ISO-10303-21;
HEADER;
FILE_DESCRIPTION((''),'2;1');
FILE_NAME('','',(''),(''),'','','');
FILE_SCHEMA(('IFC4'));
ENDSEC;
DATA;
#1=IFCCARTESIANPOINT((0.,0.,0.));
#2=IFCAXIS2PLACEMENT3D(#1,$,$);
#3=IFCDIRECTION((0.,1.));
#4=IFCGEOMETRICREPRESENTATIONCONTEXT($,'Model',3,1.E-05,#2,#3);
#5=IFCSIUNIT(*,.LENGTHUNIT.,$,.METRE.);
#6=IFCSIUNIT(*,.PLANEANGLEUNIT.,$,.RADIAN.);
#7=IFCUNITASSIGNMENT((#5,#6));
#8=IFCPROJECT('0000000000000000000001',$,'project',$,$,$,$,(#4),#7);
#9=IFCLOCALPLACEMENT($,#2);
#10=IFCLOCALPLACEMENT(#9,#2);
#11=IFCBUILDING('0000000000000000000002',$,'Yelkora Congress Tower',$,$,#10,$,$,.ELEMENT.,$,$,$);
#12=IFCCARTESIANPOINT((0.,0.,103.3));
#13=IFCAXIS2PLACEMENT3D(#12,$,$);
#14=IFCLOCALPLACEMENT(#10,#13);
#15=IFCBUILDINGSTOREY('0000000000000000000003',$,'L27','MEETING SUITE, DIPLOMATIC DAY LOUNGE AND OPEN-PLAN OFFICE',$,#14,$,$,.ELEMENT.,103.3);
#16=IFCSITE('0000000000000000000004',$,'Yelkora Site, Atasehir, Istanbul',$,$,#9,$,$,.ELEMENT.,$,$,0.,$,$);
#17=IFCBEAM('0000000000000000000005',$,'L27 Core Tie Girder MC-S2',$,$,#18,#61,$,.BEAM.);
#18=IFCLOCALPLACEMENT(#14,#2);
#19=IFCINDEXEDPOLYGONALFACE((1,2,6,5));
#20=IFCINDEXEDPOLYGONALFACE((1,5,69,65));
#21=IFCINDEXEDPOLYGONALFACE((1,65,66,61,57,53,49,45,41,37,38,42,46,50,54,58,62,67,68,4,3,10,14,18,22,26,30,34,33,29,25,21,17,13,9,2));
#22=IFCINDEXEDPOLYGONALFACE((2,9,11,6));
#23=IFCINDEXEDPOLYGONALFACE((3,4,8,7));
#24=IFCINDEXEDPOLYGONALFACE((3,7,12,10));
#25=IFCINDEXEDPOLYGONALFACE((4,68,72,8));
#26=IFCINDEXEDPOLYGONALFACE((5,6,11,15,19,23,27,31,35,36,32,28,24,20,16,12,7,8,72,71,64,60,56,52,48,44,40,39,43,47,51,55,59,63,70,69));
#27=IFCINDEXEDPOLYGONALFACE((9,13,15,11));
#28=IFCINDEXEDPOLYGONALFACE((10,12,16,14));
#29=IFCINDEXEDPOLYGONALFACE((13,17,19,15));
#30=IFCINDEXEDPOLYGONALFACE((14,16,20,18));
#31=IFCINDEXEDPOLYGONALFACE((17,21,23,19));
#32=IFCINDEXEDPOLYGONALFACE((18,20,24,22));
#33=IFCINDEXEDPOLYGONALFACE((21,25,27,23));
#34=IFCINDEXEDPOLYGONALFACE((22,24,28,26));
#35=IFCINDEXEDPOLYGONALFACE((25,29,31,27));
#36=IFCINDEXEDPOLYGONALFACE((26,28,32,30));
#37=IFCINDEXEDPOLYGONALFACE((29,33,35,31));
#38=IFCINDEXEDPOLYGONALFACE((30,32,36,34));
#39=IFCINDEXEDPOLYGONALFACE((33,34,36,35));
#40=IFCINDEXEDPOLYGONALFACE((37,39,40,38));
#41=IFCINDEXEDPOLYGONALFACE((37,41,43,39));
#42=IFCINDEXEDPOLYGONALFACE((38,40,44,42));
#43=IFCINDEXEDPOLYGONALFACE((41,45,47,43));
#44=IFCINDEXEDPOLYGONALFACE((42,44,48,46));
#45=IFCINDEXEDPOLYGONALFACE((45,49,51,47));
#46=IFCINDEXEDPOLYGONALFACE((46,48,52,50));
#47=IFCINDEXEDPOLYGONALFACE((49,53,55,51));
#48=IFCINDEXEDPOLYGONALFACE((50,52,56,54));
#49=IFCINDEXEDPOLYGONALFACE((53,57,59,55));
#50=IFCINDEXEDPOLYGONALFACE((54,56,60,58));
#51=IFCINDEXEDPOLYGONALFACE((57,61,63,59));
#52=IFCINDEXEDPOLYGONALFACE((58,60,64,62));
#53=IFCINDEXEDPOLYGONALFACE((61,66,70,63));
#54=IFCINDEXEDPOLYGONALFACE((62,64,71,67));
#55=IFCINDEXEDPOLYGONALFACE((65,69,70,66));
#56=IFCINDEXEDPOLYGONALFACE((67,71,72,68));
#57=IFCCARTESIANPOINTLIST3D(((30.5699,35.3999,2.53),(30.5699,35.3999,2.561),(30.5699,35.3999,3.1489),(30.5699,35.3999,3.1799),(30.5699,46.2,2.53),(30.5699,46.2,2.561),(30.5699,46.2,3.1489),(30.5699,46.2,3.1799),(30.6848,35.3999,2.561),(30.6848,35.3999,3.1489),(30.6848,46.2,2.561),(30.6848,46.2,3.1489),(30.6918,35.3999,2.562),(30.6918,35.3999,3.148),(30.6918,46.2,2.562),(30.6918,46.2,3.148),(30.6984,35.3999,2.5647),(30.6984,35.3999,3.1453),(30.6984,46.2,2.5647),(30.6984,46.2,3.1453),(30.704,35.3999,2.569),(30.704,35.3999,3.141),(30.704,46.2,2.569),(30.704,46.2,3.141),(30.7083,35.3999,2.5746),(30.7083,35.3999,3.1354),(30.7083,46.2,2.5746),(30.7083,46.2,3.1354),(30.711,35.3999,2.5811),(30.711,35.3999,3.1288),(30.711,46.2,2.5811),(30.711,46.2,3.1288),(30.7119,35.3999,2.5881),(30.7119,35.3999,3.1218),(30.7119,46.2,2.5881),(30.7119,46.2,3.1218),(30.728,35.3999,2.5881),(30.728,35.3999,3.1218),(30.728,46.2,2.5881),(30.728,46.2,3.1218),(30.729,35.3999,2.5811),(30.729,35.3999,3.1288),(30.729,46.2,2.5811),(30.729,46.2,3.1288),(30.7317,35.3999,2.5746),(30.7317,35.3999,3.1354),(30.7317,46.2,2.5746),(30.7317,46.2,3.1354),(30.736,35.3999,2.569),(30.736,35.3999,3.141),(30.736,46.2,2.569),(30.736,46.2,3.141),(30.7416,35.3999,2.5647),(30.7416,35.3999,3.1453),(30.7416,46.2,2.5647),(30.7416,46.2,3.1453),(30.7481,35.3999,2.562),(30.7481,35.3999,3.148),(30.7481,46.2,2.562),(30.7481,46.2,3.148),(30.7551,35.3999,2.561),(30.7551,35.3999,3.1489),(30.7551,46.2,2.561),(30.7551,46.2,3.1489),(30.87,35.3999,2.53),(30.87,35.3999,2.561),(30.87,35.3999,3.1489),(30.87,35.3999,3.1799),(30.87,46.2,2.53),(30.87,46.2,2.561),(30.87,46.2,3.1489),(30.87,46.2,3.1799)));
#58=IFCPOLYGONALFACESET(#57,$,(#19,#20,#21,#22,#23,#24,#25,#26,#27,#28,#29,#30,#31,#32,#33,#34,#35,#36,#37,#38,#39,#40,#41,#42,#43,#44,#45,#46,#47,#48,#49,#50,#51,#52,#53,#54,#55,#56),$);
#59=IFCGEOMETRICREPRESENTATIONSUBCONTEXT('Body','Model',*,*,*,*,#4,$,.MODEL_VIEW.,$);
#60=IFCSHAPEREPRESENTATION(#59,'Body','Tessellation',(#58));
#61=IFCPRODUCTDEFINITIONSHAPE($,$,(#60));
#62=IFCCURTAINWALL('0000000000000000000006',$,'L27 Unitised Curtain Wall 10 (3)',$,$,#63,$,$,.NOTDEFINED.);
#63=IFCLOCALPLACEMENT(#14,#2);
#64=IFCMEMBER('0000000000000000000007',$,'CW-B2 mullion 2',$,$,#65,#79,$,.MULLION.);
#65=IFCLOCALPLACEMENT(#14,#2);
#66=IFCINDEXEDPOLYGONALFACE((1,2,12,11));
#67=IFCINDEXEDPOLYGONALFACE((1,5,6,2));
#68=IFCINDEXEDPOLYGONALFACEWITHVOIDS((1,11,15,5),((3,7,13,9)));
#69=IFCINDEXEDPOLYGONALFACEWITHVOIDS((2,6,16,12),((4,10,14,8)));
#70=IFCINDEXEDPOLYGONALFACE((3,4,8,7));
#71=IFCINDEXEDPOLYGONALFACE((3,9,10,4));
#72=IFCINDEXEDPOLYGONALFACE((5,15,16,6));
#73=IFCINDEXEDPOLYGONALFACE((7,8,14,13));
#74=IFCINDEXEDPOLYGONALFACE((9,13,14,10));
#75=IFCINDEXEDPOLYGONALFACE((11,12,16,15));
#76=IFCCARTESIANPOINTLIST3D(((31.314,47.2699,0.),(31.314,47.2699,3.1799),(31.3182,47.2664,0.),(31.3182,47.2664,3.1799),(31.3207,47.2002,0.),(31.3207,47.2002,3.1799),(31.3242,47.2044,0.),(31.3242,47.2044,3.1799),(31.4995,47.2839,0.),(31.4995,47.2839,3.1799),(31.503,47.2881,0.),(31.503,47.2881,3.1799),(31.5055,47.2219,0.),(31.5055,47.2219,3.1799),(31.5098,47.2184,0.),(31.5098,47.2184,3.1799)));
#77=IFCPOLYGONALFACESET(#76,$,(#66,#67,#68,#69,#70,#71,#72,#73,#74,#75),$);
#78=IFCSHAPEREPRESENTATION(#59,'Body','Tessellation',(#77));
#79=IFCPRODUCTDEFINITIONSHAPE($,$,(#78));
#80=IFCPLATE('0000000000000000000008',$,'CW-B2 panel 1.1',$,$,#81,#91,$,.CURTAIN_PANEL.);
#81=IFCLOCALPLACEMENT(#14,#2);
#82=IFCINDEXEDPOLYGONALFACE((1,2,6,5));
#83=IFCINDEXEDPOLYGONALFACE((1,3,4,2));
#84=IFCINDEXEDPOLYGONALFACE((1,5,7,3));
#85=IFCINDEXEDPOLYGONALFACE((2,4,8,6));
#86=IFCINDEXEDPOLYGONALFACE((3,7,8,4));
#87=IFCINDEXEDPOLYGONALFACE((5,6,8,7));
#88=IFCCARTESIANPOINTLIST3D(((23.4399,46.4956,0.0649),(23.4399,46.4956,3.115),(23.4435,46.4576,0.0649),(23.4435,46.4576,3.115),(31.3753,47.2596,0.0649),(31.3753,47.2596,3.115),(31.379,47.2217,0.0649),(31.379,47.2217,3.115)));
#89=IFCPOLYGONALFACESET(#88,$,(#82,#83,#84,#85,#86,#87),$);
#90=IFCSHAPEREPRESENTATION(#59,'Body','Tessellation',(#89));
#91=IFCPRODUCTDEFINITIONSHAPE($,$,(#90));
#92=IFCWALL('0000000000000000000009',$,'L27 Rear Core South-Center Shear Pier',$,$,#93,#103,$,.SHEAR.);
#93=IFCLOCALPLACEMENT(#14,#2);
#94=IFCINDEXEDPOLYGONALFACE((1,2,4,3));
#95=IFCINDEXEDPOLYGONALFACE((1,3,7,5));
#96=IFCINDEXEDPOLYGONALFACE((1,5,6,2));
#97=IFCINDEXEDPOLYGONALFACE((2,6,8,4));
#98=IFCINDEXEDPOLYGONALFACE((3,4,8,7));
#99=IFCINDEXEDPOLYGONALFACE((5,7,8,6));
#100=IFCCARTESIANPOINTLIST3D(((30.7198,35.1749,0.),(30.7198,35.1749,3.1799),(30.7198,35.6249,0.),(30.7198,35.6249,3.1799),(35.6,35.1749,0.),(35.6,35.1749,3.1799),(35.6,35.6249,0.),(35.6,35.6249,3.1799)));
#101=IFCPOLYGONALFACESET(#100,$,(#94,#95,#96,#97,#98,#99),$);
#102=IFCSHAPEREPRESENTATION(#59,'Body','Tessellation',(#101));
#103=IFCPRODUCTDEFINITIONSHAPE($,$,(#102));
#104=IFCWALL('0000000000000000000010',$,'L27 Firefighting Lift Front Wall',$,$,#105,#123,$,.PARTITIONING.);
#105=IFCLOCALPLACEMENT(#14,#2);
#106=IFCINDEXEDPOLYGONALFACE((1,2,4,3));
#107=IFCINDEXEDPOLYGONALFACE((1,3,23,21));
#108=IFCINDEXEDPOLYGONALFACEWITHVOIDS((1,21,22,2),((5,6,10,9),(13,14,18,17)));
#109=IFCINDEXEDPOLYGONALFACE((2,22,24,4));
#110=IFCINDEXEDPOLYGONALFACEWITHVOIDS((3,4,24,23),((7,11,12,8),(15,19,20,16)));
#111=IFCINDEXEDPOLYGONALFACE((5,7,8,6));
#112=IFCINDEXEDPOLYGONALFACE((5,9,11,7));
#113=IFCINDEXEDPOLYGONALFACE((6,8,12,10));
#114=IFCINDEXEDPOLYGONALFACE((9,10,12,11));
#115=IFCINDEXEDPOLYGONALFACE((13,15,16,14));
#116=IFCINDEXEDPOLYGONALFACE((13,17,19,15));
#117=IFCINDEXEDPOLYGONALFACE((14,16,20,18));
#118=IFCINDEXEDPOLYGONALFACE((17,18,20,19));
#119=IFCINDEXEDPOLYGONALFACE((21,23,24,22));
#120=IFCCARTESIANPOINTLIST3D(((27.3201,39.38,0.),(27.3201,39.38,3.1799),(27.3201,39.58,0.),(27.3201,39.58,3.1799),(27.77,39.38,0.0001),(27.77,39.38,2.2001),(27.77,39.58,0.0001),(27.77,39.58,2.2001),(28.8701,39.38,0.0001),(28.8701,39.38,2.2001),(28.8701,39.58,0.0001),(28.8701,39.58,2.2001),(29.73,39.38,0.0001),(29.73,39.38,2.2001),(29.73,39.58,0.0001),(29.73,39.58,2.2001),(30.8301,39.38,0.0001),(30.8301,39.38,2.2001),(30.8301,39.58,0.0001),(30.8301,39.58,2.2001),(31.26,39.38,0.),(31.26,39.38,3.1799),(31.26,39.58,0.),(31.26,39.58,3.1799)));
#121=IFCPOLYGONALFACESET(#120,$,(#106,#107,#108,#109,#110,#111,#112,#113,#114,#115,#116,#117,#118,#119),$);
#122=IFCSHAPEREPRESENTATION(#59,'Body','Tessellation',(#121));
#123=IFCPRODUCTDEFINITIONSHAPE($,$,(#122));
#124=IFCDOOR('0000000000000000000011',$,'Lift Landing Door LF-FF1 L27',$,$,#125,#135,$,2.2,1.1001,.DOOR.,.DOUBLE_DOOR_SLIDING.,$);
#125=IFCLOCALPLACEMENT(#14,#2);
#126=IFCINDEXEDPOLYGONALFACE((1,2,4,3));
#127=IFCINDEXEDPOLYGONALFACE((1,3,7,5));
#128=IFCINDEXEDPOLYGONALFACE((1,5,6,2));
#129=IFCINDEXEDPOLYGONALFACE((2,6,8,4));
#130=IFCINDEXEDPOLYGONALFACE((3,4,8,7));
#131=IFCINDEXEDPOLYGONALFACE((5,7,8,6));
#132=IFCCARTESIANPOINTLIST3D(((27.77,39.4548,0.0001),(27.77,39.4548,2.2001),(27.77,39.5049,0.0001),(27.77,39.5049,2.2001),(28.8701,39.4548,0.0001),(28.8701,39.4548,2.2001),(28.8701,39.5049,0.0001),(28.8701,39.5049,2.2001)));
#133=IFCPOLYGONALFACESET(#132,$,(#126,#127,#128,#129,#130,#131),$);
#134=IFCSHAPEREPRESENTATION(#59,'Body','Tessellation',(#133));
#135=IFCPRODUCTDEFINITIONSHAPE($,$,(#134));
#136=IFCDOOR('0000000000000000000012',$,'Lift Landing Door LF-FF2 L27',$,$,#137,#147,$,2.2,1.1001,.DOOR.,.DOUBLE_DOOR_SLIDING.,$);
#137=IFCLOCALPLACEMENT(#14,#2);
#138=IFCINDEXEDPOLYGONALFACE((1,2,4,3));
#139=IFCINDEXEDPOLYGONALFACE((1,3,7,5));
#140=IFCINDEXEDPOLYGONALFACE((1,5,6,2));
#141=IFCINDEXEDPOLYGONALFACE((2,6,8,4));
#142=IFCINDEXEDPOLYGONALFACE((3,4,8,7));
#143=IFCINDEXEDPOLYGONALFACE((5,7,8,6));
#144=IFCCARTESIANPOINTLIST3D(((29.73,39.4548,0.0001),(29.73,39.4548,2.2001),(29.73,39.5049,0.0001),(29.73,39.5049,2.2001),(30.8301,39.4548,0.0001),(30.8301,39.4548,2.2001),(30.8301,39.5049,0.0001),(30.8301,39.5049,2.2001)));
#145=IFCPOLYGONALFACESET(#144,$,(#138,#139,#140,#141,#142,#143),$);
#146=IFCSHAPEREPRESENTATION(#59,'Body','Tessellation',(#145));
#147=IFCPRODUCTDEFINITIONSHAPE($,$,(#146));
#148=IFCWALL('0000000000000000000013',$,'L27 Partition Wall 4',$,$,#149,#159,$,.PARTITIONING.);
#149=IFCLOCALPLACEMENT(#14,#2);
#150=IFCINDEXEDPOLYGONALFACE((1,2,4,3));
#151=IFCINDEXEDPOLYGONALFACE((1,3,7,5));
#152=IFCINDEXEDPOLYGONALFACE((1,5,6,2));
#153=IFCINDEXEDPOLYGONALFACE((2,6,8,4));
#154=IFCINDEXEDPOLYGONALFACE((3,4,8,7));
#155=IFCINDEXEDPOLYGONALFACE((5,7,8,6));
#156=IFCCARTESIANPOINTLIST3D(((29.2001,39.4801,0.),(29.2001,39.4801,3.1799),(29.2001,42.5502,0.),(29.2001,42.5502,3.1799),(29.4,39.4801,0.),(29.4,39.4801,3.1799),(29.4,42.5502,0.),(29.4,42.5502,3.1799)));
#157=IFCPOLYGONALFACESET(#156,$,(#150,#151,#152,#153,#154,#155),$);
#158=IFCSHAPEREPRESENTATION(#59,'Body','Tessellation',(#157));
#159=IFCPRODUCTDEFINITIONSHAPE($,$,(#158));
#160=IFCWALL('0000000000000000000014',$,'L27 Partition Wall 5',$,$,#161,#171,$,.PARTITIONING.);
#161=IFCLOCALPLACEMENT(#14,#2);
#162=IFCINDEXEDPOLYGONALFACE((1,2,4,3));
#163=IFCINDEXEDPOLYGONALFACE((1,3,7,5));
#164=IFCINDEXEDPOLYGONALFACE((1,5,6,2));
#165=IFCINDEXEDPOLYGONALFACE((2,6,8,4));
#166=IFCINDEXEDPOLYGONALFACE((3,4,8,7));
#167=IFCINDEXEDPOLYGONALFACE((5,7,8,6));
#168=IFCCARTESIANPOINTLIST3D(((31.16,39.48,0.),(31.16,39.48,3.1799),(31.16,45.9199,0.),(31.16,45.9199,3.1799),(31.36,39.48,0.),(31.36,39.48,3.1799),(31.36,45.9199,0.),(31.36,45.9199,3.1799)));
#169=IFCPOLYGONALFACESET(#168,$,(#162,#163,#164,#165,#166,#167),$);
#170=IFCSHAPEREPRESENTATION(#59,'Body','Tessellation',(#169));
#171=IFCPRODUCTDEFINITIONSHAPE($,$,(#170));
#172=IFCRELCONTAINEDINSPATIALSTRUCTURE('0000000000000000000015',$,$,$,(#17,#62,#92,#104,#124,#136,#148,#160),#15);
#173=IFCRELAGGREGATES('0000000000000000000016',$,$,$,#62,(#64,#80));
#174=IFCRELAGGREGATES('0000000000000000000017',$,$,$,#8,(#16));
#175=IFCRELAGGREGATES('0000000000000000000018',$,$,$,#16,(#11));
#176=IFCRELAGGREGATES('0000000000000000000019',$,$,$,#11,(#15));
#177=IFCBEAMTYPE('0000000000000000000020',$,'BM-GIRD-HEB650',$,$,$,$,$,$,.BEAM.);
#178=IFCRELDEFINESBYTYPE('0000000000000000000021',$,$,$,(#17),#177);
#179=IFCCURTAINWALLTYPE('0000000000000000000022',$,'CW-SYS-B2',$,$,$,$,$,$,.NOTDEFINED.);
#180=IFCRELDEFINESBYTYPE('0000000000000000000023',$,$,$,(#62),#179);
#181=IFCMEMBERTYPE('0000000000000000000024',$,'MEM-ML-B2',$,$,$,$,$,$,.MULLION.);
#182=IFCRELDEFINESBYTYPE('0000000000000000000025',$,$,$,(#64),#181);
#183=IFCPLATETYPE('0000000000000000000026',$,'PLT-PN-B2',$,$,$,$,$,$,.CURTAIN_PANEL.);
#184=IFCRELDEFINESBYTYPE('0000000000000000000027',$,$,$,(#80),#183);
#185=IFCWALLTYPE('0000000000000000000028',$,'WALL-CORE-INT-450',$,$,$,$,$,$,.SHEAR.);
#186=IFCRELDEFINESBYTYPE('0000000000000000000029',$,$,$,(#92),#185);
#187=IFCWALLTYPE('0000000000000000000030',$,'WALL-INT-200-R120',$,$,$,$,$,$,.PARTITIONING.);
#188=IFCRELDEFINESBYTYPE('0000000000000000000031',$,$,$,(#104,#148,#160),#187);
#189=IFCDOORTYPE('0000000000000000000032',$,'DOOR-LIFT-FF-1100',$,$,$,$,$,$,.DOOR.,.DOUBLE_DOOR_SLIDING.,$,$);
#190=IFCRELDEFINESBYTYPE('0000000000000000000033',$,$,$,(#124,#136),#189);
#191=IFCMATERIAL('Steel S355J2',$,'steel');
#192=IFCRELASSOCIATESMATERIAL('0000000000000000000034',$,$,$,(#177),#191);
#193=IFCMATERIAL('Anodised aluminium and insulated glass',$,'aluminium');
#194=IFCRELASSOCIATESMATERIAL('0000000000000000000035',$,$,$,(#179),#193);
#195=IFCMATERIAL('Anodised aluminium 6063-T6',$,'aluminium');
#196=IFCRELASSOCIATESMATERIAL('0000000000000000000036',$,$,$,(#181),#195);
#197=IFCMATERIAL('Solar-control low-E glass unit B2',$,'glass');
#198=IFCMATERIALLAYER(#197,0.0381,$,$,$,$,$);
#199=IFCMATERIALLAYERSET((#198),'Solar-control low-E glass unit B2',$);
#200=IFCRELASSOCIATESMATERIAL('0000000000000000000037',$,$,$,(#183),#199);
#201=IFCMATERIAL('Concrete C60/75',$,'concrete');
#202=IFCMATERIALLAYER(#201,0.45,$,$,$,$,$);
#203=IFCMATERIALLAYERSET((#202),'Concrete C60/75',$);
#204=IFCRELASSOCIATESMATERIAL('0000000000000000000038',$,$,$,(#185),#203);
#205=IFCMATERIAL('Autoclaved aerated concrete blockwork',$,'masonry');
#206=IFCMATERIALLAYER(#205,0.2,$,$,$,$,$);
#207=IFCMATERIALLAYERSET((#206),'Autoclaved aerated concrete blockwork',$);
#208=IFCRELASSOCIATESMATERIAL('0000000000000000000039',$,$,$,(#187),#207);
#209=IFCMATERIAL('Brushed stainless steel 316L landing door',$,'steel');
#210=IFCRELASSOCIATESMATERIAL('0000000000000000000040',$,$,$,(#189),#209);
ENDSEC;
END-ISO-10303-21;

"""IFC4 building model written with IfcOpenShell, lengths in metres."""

from ifc_helpers import new_model, si_unit, direction, frame, frame_2d, origin, origin_2d, place, context, subcontext, project, spatial, rectangle, hollow_rectangle, i_section, extrude, material, layer, layer_set, material_profile, profile_set, type_object, element, fill, aggregate, save


model = new_model("IFC4")

# Units and contexts
model_context = context("Model", 3, precision=1e-05, world=origin(), true_north=direction((0.0, 1.0)))
body_context = subcontext(model_context, "Body", "Model", "MODEL_VIEW")
ifc_project = project(units=[si_unit("LENGTHUNIT", "METRE"), si_unit("PLANEANGLEUNIT", "RADIAN")], contexts=[model_context])

# Site, building, storey
site_placement = place(None, origin())
site = spatial("IfcSite", under=ifc_project, at=site_placement, Name="Yelkora Site, Atasehir, Istanbul", CompositionType="ELEMENT", RefElevation=0.0)
building_placement = place(site_placement, origin())
building = spatial("IfcBuilding", under=site, at=building_placement, Name="Yelkora Congress Tower", CompositionType="ELEMENT")
storey_placement = place(building_placement, frame((0.0, 0.0, 103.3)))
storey = spatial("IfcBuildingStorey", under=building, at=storey_placement, Name="L27", Description="MEETING SUITE, DIPLOMATIC DAY LOUNGE AND OPEN-PLAN OFFICE", CompositionType="ELEMENT", Elevation=103.3)

# Beam
ifc_material_1 = material(Name="Steel S355J2", Category="steel")
ifc_material_profile_1 = material_profile(ifc_material_1, i_section(OverallWidth=0.3, OverallDepth=0.6499, WebThickness=0.0161, FlangeThickness=0.031, FilletRadius=0.0271, at=origin_2d()), Name="HEB 650")
ifc_profile_set_1 = profile_set([ifc_material_profile_1], Name="Steel S355J2")
beam_type = type_object("IfcBeamType", Name="BM-GIRD-HEB650", PredefinedType="BEAM", material=ifc_profile_set_1)
beam_placement = place(storey_placement, frame((30.72, 35.3999, 2.855), z_axis=(0.0, 1.0, 0.0), x_axis=(-1.0, 0.0, 0.0)))
element("IfcBeam", 1, at=beam_placement, inside=storey, type_object=beam_type, Name="L27 Core Tie Girder MC-S2", PredefinedType="BEAM", context=body_context, shape_type="SweptSolid", body=[
    extrude(i_section(OverallWidth=0.3, OverallDepth=0.6499, WebThickness=0.0161, FlangeThickness=0.031, FilletRadius=0.0271, at=origin_2d()), origin(), (0.0, 0.0, 1.0), 10.8),
])

# Curtain wall, member, plate
ifc_material_2 = material(Name="Anodised aluminium and insulated glass", Category="aluminium")
curtain_wall_type = type_object("IfcCurtainWallType", Name="CW-SYS-B2", PredefinedType="NOTDEFINED", material=ifc_material_2)
curtain_wall_placement = place(storey_placement, origin())
curtain_wall = element("IfcCurtainWall", 2, at=curtain_wall_placement, inside=storey, type_object=curtain_wall_type, Name="L27 Unitised Curtain Wall 10 (3)", PredefinedType="NOTDEFINED")
ifc_material_3 = material(Name="Anodised aluminium 6063-T6", Category="aluminium")
ifc_material_profile_2 = material_profile(ifc_material_3, hollow_rectangle(XDim=0.0701, YDim=0.1899, WallThickness=0.0039, at=origin_2d()), Name="ALU 70x190x4")
ifc_profile_set_2 = profile_set([ifc_material_profile_2], Name="Anodised aluminium 6063-T6")
member_type = type_object("IfcMemberType", Name="MEM-ML-B2", PredefinedType="MULLION", material=ifc_profile_set_2)
member_placement = place(storey_placement, frame((31.4119, 47.2441, 0.0), z_axis=(0.0, 0.0, 1.0), x_axis=(-0.095844, 0.995396, 0.0)))
member = element("IfcMember", 3, at=member_placement, type_object=member_type, Name="CW-B2 mullion 2", PredefinedType="MULLION", context=body_context, shape_type="SweptSolid", body=[
    extrude(hollow_rectangle(XDim=0.0701, YDim=0.1899, WallThickness=0.0039, at=origin_2d()), origin(), (0.0, 0.0, 1.0), 3.1799),
])
ifc_material_4 = material(Name="Solar-control low-E glass unit B2", Category="glass")
ifc_layer_1 = layer(ifc_material_4, 0.0381)
ifc_layer_set_1 = layer_set([ifc_layer_1], Name="Solar-control low-E glass unit B2")
plate_type = type_object("IfcPlateType", Name="PLT-PN-B2", PredefinedType="CURTAIN_PANEL", material=ifc_layer_set_1)
plate_placement = place(storey_placement, frame((27.4094, 46.8586, 0.0649), z_axis=(0.0, 0.0, 1.0), x_axis=(0.995396, 0.095844, 0.0)))
plate = element("IfcPlate", 4, at=plate_placement, type_object=plate_type, Name="CW-B2 panel 1.1", PredefinedType="CURTAIN_PANEL", context=body_context, shape_type="SweptSolid", body=[
    extrude(rectangle(XDim=7.9722, YDim=0.0381, at=origin_2d()), origin(), (0.0, 0.0, 1.0), 3.05),
])
aggregate(curtain_wall, [member, plate])

# Wall
ifc_material_5 = material(Name="Concrete C60/75", Category="concrete")
ifc_layer_2 = layer(ifc_material_5, 0.45)
ifc_layer_set_2 = layer_set([ifc_layer_2], Name="Concrete C60/75")
wall_type_1 = type_object("IfcWallType", Name="WALL-CORE-INT-450", PredefinedType="SHEAR", material=ifc_layer_set_2)
wall_1_placement = place(storey_placement, frame((30.72, 35.3999, 0.0), z_axis=(0.0, 0.0, 1.0), x_axis=(1.0, 0.0, 0.0)))
element("IfcWall", 5, at=wall_1_placement, inside=storey, type_object=wall_type_1, Name="L27 Rear Core South-Center Shear Pier", PredefinedType="SHEAR", context=body_context, shape_type="SweptSolid", body=[
    extrude(rectangle(XDim=4.8801, YDim=0.45, at=frame_2d((2.4399, 0.0))), origin(), (0.0, 0.0, 1.0), 3.1799),
])

# Shared definitions
ifc_material_6 = material(Name="Autoclaved aerated concrete blockwork", Category="masonry")
ifc_layer_3 = layer(ifc_material_6, 0.2)
ifc_layer_set_3 = layer_set([ifc_layer_3], Name="Autoclaved aerated concrete blockwork")
wall_type_2 = type_object("IfcWallType", Name="WALL-INT-200-R120", PredefinedType="PARTITIONING", material=ifc_layer_set_3)

# Wall, openings, doors
wall_2_placement = place(storey_placement, frame((27.3201, 39.48, 0.0), z_axis=(0.0, 0.0, 1.0), x_axis=(1.0, 0.0, 0.0)))
wall_2 = element("IfcWall", 6, at=wall_2_placement, inside=storey, type_object=wall_type_2, Name="L27 Firefighting Lift Front Wall", PredefinedType="PARTITIONING", context=body_context, shape_type="SweptSolid", body=[
    extrude(rectangle(XDim=3.9399, YDim=0.2, at=frame_2d((1.97, 0.0))), origin(), (0.0, 0.0, 1.0), 3.1799),
])
opening_1_placement = place(wall_2_placement, frame((0.45, 0.0, 0.0)))
opening_1 = element("IfcOpeningElement", 7, at=opening_1_placement, cuts=wall_2, PredefinedType="OPENING", context=body_context, shape_type="SweptSolid", body=[
    extrude(rectangle(XDim=1.1001, YDim=2.2, at=frame_2d((0.55, 1.1001))), frame((0.0, 0.1099, 0.0), z_axis=(0.0, -1.0, 0.0), x_axis=(1.0, 0.0, 0.0)), (0.0, 0.0, 1.0), 0.22),
])
opening_2_placement = place(wall_2_placement, frame((2.4099, 0.0, 0.0)))
opening_2 = element("IfcOpeningElement", 8, at=opening_2_placement, cuts=wall_2, PredefinedType="OPENING", context=body_context, shape_type="SweptSolid", body=[
    extrude(rectangle(XDim=1.1001, YDim=2.2, at=frame_2d((0.55, 1.1001))), frame((0.0, 0.1099, 0.0), z_axis=(0.0, -1.0, 0.0), x_axis=(1.0, 0.0, 0.0)), (0.0, 0.0, 1.0), 0.22),
])
ifc_material_7 = material(Name="Brushed stainless steel 316L landing door", Category="steel")
door_type_1 = type_object("IfcDoorType", Name="DOOR-LIFT-FF-1100", OperationType="DOUBLE_DOOR_SLIDING", PredefinedType="DOOR", material=ifc_material_7)
door_1_placement = place(opening_1_placement, origin())
door_1 = element("IfcDoor", 9, at=door_1_placement, inside=storey, type_object=door_type_1, Name="Lift Landing Door LF-FF1 L27", OperationType="DOUBLE_DOOR_SLIDING", OverallHeight=2.2, OverallWidth=1.1001, PredefinedType="DOOR", context=body_context, shape_type="SweptSolid", body=[
    extrude(rectangle(XDim=1.1001, YDim=2.2, at=frame_2d((0.55, 1.1001))), frame((0.0, 0.0249, 0.0), z_axis=(0.0, -1.0, 0.0), x_axis=(1.0, 0.0, 0.0)), (0.0, 0.0, 1.0), 0.05),
])
fill(opening_1, door_1)
door_2_placement = place(opening_2_placement, origin())
door_2 = element("IfcDoor", 10, at=door_2_placement, inside=storey, type_object=door_type_1, Name="Lift Landing Door LF-FF2 L27", OperationType="DOUBLE_DOOR_SLIDING", OverallHeight=2.2, OverallWidth=1.1001, PredefinedType="DOOR", context=body_context, shape_type="SweptSolid", body=[
    extrude(rectangle(XDim=1.1001, YDim=2.2, at=frame_2d((0.55, 1.1001))), frame((0.0, 0.0249, 0.0), z_axis=(0.0, -1.0, 0.0), x_axis=(1.0, 0.0, 0.0)), (0.0, 0.0, 1.0), 0.05),
])
fill(opening_2, door_2)

# Walls
wall_3_placement = place(storey_placement, frame((29.3, 39.48, 0.0), z_axis=(0.0, 0.0, 1.0), x_axis=(0.0, 1.0, 0.0)))
element("IfcWall", 11, at=wall_3_placement, inside=storey, type_object=wall_type_2, Name="L27 Partition Wall 4", PredefinedType="PARTITIONING", context=body_context, shape_type="SweptSolid", body=[
    extrude(rectangle(XDim=3.0701, YDim=0.2, at=frame_2d((1.5352, 0.0))), origin(), (0.0, 0.0, 1.0), 3.1799),
])
wall_4_placement = place(storey_placement, frame((31.26, 39.48, 0.0), z_axis=(0.0, 0.0, 1.0), x_axis=(0.0, 1.0, 0.0)))
element("IfcWall", 12, at=wall_4_placement, inside=storey, type_object=wall_type_2, Name="L27 Partition Wall 5", PredefinedType="PARTITIONING", context=body_context, shape_type="SweptSolid", body=[
    extrude(rectangle(XDim=6.4399, YDim=0.2, at=frame_2d((3.22, 0.0))), origin(), (0.0, 0.0, 1.0), 3.1799),
])

save(model, "model.ifc")
